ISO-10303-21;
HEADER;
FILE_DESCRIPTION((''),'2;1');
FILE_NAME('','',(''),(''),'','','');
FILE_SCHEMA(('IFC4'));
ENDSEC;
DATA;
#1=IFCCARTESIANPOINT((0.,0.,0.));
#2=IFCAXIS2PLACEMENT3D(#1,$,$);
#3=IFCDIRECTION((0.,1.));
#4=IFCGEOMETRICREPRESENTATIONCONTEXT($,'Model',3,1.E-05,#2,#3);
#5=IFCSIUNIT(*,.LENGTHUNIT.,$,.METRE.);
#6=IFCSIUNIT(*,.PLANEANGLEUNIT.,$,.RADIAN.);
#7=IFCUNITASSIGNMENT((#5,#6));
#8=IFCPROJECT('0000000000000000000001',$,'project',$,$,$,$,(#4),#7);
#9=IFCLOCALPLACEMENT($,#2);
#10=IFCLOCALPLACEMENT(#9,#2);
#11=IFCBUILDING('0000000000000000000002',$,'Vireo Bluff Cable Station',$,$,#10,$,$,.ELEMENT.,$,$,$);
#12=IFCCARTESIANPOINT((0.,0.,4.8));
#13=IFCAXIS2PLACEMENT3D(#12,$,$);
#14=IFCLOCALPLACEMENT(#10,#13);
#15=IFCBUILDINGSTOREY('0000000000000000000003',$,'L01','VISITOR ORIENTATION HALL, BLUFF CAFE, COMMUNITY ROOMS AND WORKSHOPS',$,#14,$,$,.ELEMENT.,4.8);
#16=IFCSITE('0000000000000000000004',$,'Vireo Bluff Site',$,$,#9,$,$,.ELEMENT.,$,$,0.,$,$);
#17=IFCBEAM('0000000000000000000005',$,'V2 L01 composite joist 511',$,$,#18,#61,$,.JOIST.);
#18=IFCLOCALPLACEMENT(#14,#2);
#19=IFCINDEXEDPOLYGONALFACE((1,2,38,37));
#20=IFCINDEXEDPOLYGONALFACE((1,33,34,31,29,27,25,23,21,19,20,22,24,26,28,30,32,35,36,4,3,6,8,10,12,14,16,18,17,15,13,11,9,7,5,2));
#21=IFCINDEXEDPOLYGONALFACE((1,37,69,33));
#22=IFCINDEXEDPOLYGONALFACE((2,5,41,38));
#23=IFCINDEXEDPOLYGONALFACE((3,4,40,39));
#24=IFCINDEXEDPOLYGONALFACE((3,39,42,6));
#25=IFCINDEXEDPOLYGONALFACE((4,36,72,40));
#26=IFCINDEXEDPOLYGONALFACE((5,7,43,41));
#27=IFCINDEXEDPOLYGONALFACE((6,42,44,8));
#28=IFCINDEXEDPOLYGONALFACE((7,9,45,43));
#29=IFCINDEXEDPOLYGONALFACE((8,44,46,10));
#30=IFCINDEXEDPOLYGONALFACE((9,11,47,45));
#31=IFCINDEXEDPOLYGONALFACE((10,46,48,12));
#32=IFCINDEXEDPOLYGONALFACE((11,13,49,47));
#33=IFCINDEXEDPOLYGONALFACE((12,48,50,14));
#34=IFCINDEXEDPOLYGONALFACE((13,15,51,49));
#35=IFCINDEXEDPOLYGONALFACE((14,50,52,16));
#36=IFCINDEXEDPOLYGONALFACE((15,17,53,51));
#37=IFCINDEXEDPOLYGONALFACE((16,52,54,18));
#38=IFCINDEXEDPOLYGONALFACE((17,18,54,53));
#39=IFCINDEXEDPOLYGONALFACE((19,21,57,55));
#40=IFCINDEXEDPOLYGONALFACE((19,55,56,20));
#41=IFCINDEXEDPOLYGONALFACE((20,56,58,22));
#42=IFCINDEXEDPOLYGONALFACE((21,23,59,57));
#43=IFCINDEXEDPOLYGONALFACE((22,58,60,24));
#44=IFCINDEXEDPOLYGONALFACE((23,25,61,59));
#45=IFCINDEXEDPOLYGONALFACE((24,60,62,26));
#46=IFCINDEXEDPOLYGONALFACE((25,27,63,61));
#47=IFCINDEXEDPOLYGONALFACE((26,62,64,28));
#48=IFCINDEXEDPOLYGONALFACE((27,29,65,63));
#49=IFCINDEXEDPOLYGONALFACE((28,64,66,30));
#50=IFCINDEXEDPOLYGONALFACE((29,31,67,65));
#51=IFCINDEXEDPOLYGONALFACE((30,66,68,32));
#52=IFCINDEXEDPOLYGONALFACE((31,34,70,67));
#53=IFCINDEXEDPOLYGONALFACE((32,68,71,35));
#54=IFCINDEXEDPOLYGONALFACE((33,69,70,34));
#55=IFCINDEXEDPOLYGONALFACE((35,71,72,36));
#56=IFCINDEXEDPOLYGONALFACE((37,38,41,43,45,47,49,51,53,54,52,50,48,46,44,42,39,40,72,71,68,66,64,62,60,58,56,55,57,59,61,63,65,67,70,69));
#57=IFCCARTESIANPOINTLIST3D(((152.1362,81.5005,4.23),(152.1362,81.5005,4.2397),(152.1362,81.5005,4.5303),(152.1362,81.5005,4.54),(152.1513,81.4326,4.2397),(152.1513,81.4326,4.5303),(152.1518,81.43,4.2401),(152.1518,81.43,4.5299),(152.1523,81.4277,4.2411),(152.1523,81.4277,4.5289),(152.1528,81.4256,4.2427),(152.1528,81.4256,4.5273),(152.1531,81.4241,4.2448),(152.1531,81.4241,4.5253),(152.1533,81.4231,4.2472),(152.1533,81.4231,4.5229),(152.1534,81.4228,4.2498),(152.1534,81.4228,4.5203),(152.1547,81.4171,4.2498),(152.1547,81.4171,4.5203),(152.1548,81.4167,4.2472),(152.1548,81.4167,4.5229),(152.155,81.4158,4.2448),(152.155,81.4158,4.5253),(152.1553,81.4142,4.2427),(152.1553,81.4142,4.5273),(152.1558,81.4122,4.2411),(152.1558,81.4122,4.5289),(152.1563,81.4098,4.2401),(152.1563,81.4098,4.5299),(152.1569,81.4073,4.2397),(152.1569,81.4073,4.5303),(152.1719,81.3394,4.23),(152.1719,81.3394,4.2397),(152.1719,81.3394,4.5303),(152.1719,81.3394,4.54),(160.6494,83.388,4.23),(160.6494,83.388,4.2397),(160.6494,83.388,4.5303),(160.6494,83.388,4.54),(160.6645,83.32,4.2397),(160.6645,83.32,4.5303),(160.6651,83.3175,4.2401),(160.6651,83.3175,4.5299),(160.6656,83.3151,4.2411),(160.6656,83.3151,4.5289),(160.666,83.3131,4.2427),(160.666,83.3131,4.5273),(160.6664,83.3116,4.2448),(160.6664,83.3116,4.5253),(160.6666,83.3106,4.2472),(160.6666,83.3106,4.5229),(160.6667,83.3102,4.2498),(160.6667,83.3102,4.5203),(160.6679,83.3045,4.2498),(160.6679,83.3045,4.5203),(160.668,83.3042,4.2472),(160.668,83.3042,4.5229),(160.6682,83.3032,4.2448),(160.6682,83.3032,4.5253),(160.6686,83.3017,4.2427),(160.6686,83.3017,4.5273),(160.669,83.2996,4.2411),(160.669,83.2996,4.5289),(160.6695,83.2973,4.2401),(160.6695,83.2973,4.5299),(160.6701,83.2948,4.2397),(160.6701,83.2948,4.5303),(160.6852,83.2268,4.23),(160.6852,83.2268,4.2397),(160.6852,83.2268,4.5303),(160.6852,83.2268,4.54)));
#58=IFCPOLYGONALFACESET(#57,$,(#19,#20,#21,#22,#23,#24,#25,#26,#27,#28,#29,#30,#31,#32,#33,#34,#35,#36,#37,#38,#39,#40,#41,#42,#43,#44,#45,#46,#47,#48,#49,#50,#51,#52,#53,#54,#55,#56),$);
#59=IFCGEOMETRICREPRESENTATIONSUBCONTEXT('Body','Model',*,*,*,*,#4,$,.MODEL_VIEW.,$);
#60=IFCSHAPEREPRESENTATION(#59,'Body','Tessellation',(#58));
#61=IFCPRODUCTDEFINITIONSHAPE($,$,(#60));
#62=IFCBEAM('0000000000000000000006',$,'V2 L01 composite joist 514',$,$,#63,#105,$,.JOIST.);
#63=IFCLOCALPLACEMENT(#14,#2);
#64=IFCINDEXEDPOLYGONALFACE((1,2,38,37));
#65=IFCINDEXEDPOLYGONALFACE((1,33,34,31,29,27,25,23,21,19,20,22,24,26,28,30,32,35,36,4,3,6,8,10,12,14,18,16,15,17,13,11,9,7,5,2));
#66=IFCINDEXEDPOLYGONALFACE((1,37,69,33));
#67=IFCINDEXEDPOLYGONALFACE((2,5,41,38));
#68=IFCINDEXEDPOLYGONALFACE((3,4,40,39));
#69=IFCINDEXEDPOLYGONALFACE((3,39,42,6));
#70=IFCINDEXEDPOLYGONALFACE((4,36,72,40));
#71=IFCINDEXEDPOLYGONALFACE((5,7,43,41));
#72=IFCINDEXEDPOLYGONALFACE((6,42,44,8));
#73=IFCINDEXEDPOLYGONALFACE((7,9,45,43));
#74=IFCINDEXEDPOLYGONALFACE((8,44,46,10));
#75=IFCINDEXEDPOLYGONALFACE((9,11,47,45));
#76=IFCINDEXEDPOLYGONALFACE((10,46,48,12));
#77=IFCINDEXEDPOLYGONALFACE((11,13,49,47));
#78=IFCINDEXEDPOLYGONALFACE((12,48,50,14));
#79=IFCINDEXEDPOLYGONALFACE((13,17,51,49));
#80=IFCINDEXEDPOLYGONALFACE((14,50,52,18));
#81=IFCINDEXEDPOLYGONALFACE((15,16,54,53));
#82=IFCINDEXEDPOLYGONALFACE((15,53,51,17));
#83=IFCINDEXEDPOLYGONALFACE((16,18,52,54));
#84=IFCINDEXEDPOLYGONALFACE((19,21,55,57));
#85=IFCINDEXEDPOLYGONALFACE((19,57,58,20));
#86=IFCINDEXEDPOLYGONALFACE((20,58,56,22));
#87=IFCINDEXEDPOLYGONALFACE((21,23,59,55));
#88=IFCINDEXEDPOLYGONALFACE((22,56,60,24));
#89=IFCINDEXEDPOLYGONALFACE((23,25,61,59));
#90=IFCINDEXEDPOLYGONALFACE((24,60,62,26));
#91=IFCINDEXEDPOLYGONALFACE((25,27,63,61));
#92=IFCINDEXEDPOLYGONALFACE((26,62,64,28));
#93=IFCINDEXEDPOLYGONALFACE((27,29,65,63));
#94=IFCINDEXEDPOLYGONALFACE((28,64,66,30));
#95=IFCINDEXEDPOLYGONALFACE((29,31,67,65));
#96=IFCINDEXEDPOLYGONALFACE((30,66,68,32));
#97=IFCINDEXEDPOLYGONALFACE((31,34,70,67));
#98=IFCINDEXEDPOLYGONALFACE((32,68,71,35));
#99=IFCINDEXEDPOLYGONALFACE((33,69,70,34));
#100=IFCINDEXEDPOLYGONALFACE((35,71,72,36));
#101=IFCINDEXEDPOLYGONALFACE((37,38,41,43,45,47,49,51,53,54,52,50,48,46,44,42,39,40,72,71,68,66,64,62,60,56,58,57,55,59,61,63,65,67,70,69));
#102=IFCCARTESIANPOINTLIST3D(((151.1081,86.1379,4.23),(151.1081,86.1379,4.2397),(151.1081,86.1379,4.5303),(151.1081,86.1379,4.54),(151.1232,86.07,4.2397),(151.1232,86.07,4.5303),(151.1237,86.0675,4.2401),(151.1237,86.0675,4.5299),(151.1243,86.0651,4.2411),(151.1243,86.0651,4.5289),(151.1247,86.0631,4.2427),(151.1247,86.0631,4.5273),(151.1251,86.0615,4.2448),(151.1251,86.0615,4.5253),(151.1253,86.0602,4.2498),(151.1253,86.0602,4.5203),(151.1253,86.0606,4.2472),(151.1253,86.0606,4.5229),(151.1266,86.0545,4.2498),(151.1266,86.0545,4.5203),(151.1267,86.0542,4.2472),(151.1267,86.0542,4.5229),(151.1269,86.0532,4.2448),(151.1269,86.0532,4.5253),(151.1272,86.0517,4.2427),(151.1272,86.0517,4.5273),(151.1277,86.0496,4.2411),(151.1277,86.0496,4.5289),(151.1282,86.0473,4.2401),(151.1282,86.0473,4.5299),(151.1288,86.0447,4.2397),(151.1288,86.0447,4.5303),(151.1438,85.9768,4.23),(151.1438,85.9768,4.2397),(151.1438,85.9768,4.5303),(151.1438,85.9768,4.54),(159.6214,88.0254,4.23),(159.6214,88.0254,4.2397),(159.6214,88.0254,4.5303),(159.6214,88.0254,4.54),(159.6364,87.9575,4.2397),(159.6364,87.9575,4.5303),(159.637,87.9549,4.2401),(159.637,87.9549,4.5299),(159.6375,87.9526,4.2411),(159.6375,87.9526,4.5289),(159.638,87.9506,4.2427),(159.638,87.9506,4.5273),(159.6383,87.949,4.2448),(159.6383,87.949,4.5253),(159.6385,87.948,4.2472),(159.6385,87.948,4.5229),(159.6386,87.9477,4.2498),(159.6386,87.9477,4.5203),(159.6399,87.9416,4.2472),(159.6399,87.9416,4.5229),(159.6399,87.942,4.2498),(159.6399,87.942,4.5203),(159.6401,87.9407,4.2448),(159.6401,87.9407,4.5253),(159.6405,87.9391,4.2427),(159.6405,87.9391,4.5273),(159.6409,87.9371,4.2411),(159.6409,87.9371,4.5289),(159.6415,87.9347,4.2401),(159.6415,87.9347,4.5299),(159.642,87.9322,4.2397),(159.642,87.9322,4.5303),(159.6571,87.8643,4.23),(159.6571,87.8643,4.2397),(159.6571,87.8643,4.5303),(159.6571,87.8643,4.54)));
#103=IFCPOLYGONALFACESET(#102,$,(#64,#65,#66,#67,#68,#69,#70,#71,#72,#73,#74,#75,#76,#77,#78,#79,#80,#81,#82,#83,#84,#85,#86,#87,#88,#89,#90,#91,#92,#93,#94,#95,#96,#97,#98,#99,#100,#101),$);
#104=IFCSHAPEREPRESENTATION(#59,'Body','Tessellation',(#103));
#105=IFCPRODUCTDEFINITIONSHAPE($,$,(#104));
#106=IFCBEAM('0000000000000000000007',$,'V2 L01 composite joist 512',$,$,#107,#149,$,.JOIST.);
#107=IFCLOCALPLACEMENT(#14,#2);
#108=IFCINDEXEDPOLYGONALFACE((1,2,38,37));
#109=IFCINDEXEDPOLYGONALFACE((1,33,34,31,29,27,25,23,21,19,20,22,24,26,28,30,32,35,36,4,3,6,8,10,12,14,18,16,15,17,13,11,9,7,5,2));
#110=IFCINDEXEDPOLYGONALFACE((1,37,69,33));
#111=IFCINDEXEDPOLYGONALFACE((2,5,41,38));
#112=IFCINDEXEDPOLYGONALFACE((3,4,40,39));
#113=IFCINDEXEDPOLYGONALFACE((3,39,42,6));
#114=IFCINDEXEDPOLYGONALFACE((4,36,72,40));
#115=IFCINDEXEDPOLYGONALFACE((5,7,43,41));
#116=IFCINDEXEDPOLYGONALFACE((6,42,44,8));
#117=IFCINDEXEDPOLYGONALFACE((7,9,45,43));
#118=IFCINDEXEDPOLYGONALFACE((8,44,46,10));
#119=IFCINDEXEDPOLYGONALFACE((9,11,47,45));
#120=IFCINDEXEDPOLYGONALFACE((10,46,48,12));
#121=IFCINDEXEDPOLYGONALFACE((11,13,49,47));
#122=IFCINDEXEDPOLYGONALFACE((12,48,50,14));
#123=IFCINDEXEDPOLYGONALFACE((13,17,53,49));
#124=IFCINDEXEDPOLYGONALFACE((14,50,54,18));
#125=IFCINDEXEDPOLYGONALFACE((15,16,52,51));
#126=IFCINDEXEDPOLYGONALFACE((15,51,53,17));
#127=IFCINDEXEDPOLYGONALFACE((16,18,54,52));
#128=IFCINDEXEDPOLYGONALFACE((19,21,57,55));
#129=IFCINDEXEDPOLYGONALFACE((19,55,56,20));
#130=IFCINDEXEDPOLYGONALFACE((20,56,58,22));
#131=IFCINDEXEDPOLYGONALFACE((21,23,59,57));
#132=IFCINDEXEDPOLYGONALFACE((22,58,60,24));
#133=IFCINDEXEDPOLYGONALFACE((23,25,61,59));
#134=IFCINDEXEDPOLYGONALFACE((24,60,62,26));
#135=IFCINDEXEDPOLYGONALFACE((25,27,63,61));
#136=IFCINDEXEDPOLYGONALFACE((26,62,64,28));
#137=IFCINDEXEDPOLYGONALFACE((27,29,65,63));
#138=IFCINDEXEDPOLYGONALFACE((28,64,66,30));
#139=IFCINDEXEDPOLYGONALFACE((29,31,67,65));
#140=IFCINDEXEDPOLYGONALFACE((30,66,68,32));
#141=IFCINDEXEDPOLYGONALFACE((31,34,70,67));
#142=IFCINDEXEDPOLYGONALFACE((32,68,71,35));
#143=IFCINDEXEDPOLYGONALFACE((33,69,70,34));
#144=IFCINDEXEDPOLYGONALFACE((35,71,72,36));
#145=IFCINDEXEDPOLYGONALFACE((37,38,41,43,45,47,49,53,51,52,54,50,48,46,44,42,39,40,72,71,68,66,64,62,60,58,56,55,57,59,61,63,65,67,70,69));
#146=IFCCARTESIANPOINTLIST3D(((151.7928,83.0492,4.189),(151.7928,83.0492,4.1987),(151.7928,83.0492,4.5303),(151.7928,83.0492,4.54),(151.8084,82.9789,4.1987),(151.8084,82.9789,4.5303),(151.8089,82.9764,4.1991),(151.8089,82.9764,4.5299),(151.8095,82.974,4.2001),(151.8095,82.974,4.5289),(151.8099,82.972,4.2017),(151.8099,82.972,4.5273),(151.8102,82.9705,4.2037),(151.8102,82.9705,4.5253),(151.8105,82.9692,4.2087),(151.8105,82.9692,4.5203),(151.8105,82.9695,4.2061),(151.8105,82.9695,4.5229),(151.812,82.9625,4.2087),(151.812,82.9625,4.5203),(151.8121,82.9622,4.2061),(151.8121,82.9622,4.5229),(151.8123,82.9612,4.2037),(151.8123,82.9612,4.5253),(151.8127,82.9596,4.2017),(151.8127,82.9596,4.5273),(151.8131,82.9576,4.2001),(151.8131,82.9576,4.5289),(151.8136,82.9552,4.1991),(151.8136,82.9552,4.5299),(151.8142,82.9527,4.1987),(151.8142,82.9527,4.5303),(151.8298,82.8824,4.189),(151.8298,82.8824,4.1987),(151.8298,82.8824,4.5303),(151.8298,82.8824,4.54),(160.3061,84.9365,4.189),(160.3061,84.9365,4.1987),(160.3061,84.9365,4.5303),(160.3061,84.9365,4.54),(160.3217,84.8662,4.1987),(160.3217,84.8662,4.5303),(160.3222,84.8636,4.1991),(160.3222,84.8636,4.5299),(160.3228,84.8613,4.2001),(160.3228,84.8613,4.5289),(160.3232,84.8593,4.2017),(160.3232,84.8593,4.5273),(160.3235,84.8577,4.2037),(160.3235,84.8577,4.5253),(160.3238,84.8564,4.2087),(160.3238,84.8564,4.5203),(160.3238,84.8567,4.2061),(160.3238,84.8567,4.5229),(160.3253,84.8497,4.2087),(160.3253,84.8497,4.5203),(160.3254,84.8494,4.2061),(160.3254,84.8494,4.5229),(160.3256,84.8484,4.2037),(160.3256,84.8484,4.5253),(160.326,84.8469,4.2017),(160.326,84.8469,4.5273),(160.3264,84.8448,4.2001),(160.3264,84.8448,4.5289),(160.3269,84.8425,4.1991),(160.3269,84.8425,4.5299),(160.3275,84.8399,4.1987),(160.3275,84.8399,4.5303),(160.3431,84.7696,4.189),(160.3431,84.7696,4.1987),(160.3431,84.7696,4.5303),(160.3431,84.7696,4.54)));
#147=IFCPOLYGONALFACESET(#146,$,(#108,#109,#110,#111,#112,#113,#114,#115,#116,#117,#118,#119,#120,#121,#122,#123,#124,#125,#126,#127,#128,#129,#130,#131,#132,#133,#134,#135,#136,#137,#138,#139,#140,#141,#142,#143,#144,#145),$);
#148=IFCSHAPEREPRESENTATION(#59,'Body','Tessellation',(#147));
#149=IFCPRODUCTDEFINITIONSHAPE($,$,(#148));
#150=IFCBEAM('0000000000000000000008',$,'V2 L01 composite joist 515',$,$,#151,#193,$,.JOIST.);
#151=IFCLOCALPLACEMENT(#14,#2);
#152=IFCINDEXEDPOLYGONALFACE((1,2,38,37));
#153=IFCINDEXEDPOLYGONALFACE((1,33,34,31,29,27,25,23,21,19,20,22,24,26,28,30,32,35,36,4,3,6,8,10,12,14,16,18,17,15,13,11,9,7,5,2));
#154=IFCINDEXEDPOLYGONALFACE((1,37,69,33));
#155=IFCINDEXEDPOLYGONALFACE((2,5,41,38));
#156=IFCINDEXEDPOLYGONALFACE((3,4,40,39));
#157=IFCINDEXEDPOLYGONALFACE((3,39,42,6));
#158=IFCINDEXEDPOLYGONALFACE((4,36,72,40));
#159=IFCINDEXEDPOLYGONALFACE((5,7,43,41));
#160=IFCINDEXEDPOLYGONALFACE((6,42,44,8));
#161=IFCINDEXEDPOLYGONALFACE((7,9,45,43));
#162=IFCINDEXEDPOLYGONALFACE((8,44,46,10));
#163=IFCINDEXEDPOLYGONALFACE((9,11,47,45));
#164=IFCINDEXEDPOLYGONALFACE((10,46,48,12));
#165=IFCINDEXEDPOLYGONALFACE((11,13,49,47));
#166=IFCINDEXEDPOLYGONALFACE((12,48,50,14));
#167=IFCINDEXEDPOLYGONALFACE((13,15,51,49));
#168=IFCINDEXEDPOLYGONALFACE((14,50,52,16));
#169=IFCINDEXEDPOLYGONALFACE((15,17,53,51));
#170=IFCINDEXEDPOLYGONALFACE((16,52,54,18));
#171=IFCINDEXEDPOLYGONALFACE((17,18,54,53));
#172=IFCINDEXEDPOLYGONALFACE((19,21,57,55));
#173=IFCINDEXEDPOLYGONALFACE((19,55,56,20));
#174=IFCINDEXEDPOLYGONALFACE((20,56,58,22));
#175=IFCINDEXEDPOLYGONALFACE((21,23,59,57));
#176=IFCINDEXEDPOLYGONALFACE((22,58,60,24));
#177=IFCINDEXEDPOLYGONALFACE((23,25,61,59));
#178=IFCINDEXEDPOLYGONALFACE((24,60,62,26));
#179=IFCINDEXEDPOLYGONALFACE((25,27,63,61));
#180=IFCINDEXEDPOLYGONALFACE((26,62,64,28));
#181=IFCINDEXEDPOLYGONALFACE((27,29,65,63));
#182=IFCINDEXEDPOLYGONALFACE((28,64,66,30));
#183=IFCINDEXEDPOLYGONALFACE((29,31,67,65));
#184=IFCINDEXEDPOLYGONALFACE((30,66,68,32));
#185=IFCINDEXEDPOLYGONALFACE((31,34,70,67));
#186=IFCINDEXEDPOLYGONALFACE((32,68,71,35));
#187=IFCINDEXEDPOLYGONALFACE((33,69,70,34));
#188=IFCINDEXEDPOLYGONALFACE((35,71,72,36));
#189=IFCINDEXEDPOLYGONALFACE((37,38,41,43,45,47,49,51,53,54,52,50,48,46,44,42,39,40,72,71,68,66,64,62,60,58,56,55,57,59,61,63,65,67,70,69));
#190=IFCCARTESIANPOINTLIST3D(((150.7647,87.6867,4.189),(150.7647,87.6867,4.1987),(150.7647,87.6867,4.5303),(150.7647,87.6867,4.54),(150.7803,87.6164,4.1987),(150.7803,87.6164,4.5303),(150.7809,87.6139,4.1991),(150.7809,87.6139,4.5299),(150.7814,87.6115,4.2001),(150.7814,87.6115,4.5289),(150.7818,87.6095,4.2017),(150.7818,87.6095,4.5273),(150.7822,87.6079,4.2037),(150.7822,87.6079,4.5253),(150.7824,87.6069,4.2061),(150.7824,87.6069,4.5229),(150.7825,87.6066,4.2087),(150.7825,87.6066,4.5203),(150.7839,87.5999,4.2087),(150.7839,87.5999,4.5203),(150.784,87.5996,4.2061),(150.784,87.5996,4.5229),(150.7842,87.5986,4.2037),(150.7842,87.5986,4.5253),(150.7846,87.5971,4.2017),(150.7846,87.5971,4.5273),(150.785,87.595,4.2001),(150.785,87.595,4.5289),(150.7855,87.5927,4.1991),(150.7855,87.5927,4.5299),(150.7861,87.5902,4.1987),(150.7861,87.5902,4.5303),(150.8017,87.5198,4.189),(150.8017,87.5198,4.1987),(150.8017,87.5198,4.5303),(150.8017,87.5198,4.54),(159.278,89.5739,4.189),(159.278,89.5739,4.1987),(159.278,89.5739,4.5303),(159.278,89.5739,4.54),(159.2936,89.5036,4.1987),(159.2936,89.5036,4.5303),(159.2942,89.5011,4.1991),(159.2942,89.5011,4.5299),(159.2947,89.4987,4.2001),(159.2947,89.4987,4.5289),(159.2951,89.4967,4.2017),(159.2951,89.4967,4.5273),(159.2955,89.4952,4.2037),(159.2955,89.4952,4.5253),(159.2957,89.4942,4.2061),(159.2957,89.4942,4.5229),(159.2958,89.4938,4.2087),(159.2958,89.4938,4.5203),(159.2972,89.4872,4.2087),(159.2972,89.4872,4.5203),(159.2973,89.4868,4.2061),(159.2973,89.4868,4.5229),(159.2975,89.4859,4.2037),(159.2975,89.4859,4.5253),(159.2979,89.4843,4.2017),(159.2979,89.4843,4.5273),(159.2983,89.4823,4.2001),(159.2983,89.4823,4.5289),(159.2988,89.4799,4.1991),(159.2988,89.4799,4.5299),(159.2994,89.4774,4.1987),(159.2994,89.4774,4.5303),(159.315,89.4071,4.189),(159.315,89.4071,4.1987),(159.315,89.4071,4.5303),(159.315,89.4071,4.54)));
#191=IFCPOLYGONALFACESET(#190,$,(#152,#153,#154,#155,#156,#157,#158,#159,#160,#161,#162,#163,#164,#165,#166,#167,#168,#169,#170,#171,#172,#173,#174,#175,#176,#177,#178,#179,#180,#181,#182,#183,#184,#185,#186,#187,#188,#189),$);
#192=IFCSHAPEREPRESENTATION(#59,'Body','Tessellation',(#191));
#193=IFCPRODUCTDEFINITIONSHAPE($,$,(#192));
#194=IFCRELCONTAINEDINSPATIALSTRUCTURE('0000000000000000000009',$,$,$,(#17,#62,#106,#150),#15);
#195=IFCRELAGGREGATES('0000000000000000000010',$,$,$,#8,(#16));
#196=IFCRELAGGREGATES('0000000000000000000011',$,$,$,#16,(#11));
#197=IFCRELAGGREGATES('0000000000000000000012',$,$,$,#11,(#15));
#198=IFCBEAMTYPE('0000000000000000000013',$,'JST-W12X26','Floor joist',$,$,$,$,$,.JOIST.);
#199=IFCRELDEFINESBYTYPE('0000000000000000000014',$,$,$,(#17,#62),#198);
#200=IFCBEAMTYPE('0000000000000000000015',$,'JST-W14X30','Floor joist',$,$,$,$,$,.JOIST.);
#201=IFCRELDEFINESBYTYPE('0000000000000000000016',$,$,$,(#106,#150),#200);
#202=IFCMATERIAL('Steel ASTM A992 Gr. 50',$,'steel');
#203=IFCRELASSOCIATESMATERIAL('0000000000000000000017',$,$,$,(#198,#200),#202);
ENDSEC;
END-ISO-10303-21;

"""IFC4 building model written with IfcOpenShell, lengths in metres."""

from ifc_helpers import new_model, si_unit, direction, frame, origin, origin_2d, place, context, subcontext, project, spatial, i_section, extrude, material, material_profile, profile_set, type_object, element, save


model = new_model("IFC4")

# Units and contexts
model_context = context("Model", 3, precision=1e-05, world=origin(), true_north=direction((0.0, 1.0)))
body_context = subcontext(model_context, "Body", "Model", "MODEL_VIEW")
ifc_project = project(units=[si_unit("LENGTHUNIT", "METRE"), si_unit("PLANEANGLEUNIT", "RADIAN")], contexts=[model_context])

# Site, building, storey
site_placement = place(None, origin())
site = spatial("IfcSite", under=ifc_project, at=site_placement, Name="Vireo Bluff Site", CompositionType="ELEMENT", RefElevation=0.0)
building_placement = place(site_placement, origin())
building = spatial("IfcBuilding", under=site, at=building_placement, Name="Vireo Bluff Cable Station", CompositionType="ELEMENT")
storey_placement = place(building_placement, frame((0.0, 0.0, 4.8)))
storey = spatial("IfcBuildingStorey", under=building, at=storey_placement, Name="L01", Description="VISITOR ORIENTATION HALL, BLUFF CAFE, COMMUNITY ROOMS AND WORKSHOPS", CompositionType="ELEMENT", Elevation=4.8)

# Shared definitions
ifc_material_1 = material(Name="Steel ASTM A992 Gr. 50", Category="steel")

# Beams
ifc_material_profile_1 = material_profile(ifc_material_1, i_section(OverallWidth=0.165, OverallDepth=0.3101, WebThickness=0.0059, FlangeThickness=0.0098, FilletRadius=0.01, at=origin_2d()), Name="W12X26")
ifc_profile_set_1 = profile_set([ifc_material_profile_1], Name="Steel ASTM A992 Gr. 50")
beam_type_1 = type_object("IfcBeamType", Name="JST-W12X26", Description="Floor joist", PredefinedType="JOIST", material=ifc_profile_set_1)
for number, where, z_axis, x_axis, name in (
    (1, (152.1541, 81.4199, 4.385), (0.976293, 0.216453, 0.0), (-0.216453, 0.976293, 0.0), "V2 L01 composite joist 511"),
    (2, (151.126, 86.0574, 4.385), (0.976293, 0.216453, 0.0), (-0.216453, 0.976293, 0.0), "V2 L01 composite joist 514"),
):
    element("IfcBeam", number, at=place(storey_placement, frame(where, z_axis=z_axis, x_axis=x_axis)), inside=storey, type_object=beam_type_1, Name=name, PredefinedType="JOIST", context=body_context, shape_type="SweptSolid", body=[
        extrude(i_section(OverallWidth=0.165, OverallDepth=0.3101, WebThickness=0.0059, FlangeThickness=0.0098, FilletRadius=0.01, at=origin_2d()), origin(), (0.0, 0.0, 1.0), 8.72),
    ])
ifc_material_profile_2 = material_profile(ifc_material_1, i_section(OverallWidth=0.1709, OverallDepth=0.3511, WebThickness=0.0068, FlangeThickness=0.0098, FilletRadius=0.01, at=origin_2d()), Name="W14X30")
ifc_profile_set_2 = profile_set([ifc_material_profile_2], Name="Steel ASTM A992 Gr. 50")
beam_type_2 = type_object("IfcBeamType", Name="JST-W14X30", Description="Floor joist", PredefinedType="JOIST", material=ifc_profile_set_2)
for number, where, z_axis, x_axis, name in (
    (3, (151.8113, 82.9658, 4.3645), (0.976299, 0.216426, 0.0), (-0.216426, 0.976299, 0.0), "V2 L01 composite joist 512"),
    (4, (150.7832, 87.6033, 4.3645), (0.976299, 0.216426, 0.0), (-0.216426, 0.976299, 0.0), "V2 L01 composite joist 515"),
):
    element("IfcBeam", number, at=place(storey_placement, frame(where, z_axis=z_axis, x_axis=x_axis)), inside=storey, type_object=beam_type_2, Name=name, PredefinedType="JOIST", context=body_context, shape_type="SweptSolid", body=[
        extrude(i_section(OverallWidth=0.1709, OverallDepth=0.3511, WebThickness=0.0068, FlangeThickness=0.0098, FilletRadius=0.01, at=origin_2d()), origin(), (0.0, 0.0, 1.0), 8.72),
    ])

save(model, "model.ifc")
